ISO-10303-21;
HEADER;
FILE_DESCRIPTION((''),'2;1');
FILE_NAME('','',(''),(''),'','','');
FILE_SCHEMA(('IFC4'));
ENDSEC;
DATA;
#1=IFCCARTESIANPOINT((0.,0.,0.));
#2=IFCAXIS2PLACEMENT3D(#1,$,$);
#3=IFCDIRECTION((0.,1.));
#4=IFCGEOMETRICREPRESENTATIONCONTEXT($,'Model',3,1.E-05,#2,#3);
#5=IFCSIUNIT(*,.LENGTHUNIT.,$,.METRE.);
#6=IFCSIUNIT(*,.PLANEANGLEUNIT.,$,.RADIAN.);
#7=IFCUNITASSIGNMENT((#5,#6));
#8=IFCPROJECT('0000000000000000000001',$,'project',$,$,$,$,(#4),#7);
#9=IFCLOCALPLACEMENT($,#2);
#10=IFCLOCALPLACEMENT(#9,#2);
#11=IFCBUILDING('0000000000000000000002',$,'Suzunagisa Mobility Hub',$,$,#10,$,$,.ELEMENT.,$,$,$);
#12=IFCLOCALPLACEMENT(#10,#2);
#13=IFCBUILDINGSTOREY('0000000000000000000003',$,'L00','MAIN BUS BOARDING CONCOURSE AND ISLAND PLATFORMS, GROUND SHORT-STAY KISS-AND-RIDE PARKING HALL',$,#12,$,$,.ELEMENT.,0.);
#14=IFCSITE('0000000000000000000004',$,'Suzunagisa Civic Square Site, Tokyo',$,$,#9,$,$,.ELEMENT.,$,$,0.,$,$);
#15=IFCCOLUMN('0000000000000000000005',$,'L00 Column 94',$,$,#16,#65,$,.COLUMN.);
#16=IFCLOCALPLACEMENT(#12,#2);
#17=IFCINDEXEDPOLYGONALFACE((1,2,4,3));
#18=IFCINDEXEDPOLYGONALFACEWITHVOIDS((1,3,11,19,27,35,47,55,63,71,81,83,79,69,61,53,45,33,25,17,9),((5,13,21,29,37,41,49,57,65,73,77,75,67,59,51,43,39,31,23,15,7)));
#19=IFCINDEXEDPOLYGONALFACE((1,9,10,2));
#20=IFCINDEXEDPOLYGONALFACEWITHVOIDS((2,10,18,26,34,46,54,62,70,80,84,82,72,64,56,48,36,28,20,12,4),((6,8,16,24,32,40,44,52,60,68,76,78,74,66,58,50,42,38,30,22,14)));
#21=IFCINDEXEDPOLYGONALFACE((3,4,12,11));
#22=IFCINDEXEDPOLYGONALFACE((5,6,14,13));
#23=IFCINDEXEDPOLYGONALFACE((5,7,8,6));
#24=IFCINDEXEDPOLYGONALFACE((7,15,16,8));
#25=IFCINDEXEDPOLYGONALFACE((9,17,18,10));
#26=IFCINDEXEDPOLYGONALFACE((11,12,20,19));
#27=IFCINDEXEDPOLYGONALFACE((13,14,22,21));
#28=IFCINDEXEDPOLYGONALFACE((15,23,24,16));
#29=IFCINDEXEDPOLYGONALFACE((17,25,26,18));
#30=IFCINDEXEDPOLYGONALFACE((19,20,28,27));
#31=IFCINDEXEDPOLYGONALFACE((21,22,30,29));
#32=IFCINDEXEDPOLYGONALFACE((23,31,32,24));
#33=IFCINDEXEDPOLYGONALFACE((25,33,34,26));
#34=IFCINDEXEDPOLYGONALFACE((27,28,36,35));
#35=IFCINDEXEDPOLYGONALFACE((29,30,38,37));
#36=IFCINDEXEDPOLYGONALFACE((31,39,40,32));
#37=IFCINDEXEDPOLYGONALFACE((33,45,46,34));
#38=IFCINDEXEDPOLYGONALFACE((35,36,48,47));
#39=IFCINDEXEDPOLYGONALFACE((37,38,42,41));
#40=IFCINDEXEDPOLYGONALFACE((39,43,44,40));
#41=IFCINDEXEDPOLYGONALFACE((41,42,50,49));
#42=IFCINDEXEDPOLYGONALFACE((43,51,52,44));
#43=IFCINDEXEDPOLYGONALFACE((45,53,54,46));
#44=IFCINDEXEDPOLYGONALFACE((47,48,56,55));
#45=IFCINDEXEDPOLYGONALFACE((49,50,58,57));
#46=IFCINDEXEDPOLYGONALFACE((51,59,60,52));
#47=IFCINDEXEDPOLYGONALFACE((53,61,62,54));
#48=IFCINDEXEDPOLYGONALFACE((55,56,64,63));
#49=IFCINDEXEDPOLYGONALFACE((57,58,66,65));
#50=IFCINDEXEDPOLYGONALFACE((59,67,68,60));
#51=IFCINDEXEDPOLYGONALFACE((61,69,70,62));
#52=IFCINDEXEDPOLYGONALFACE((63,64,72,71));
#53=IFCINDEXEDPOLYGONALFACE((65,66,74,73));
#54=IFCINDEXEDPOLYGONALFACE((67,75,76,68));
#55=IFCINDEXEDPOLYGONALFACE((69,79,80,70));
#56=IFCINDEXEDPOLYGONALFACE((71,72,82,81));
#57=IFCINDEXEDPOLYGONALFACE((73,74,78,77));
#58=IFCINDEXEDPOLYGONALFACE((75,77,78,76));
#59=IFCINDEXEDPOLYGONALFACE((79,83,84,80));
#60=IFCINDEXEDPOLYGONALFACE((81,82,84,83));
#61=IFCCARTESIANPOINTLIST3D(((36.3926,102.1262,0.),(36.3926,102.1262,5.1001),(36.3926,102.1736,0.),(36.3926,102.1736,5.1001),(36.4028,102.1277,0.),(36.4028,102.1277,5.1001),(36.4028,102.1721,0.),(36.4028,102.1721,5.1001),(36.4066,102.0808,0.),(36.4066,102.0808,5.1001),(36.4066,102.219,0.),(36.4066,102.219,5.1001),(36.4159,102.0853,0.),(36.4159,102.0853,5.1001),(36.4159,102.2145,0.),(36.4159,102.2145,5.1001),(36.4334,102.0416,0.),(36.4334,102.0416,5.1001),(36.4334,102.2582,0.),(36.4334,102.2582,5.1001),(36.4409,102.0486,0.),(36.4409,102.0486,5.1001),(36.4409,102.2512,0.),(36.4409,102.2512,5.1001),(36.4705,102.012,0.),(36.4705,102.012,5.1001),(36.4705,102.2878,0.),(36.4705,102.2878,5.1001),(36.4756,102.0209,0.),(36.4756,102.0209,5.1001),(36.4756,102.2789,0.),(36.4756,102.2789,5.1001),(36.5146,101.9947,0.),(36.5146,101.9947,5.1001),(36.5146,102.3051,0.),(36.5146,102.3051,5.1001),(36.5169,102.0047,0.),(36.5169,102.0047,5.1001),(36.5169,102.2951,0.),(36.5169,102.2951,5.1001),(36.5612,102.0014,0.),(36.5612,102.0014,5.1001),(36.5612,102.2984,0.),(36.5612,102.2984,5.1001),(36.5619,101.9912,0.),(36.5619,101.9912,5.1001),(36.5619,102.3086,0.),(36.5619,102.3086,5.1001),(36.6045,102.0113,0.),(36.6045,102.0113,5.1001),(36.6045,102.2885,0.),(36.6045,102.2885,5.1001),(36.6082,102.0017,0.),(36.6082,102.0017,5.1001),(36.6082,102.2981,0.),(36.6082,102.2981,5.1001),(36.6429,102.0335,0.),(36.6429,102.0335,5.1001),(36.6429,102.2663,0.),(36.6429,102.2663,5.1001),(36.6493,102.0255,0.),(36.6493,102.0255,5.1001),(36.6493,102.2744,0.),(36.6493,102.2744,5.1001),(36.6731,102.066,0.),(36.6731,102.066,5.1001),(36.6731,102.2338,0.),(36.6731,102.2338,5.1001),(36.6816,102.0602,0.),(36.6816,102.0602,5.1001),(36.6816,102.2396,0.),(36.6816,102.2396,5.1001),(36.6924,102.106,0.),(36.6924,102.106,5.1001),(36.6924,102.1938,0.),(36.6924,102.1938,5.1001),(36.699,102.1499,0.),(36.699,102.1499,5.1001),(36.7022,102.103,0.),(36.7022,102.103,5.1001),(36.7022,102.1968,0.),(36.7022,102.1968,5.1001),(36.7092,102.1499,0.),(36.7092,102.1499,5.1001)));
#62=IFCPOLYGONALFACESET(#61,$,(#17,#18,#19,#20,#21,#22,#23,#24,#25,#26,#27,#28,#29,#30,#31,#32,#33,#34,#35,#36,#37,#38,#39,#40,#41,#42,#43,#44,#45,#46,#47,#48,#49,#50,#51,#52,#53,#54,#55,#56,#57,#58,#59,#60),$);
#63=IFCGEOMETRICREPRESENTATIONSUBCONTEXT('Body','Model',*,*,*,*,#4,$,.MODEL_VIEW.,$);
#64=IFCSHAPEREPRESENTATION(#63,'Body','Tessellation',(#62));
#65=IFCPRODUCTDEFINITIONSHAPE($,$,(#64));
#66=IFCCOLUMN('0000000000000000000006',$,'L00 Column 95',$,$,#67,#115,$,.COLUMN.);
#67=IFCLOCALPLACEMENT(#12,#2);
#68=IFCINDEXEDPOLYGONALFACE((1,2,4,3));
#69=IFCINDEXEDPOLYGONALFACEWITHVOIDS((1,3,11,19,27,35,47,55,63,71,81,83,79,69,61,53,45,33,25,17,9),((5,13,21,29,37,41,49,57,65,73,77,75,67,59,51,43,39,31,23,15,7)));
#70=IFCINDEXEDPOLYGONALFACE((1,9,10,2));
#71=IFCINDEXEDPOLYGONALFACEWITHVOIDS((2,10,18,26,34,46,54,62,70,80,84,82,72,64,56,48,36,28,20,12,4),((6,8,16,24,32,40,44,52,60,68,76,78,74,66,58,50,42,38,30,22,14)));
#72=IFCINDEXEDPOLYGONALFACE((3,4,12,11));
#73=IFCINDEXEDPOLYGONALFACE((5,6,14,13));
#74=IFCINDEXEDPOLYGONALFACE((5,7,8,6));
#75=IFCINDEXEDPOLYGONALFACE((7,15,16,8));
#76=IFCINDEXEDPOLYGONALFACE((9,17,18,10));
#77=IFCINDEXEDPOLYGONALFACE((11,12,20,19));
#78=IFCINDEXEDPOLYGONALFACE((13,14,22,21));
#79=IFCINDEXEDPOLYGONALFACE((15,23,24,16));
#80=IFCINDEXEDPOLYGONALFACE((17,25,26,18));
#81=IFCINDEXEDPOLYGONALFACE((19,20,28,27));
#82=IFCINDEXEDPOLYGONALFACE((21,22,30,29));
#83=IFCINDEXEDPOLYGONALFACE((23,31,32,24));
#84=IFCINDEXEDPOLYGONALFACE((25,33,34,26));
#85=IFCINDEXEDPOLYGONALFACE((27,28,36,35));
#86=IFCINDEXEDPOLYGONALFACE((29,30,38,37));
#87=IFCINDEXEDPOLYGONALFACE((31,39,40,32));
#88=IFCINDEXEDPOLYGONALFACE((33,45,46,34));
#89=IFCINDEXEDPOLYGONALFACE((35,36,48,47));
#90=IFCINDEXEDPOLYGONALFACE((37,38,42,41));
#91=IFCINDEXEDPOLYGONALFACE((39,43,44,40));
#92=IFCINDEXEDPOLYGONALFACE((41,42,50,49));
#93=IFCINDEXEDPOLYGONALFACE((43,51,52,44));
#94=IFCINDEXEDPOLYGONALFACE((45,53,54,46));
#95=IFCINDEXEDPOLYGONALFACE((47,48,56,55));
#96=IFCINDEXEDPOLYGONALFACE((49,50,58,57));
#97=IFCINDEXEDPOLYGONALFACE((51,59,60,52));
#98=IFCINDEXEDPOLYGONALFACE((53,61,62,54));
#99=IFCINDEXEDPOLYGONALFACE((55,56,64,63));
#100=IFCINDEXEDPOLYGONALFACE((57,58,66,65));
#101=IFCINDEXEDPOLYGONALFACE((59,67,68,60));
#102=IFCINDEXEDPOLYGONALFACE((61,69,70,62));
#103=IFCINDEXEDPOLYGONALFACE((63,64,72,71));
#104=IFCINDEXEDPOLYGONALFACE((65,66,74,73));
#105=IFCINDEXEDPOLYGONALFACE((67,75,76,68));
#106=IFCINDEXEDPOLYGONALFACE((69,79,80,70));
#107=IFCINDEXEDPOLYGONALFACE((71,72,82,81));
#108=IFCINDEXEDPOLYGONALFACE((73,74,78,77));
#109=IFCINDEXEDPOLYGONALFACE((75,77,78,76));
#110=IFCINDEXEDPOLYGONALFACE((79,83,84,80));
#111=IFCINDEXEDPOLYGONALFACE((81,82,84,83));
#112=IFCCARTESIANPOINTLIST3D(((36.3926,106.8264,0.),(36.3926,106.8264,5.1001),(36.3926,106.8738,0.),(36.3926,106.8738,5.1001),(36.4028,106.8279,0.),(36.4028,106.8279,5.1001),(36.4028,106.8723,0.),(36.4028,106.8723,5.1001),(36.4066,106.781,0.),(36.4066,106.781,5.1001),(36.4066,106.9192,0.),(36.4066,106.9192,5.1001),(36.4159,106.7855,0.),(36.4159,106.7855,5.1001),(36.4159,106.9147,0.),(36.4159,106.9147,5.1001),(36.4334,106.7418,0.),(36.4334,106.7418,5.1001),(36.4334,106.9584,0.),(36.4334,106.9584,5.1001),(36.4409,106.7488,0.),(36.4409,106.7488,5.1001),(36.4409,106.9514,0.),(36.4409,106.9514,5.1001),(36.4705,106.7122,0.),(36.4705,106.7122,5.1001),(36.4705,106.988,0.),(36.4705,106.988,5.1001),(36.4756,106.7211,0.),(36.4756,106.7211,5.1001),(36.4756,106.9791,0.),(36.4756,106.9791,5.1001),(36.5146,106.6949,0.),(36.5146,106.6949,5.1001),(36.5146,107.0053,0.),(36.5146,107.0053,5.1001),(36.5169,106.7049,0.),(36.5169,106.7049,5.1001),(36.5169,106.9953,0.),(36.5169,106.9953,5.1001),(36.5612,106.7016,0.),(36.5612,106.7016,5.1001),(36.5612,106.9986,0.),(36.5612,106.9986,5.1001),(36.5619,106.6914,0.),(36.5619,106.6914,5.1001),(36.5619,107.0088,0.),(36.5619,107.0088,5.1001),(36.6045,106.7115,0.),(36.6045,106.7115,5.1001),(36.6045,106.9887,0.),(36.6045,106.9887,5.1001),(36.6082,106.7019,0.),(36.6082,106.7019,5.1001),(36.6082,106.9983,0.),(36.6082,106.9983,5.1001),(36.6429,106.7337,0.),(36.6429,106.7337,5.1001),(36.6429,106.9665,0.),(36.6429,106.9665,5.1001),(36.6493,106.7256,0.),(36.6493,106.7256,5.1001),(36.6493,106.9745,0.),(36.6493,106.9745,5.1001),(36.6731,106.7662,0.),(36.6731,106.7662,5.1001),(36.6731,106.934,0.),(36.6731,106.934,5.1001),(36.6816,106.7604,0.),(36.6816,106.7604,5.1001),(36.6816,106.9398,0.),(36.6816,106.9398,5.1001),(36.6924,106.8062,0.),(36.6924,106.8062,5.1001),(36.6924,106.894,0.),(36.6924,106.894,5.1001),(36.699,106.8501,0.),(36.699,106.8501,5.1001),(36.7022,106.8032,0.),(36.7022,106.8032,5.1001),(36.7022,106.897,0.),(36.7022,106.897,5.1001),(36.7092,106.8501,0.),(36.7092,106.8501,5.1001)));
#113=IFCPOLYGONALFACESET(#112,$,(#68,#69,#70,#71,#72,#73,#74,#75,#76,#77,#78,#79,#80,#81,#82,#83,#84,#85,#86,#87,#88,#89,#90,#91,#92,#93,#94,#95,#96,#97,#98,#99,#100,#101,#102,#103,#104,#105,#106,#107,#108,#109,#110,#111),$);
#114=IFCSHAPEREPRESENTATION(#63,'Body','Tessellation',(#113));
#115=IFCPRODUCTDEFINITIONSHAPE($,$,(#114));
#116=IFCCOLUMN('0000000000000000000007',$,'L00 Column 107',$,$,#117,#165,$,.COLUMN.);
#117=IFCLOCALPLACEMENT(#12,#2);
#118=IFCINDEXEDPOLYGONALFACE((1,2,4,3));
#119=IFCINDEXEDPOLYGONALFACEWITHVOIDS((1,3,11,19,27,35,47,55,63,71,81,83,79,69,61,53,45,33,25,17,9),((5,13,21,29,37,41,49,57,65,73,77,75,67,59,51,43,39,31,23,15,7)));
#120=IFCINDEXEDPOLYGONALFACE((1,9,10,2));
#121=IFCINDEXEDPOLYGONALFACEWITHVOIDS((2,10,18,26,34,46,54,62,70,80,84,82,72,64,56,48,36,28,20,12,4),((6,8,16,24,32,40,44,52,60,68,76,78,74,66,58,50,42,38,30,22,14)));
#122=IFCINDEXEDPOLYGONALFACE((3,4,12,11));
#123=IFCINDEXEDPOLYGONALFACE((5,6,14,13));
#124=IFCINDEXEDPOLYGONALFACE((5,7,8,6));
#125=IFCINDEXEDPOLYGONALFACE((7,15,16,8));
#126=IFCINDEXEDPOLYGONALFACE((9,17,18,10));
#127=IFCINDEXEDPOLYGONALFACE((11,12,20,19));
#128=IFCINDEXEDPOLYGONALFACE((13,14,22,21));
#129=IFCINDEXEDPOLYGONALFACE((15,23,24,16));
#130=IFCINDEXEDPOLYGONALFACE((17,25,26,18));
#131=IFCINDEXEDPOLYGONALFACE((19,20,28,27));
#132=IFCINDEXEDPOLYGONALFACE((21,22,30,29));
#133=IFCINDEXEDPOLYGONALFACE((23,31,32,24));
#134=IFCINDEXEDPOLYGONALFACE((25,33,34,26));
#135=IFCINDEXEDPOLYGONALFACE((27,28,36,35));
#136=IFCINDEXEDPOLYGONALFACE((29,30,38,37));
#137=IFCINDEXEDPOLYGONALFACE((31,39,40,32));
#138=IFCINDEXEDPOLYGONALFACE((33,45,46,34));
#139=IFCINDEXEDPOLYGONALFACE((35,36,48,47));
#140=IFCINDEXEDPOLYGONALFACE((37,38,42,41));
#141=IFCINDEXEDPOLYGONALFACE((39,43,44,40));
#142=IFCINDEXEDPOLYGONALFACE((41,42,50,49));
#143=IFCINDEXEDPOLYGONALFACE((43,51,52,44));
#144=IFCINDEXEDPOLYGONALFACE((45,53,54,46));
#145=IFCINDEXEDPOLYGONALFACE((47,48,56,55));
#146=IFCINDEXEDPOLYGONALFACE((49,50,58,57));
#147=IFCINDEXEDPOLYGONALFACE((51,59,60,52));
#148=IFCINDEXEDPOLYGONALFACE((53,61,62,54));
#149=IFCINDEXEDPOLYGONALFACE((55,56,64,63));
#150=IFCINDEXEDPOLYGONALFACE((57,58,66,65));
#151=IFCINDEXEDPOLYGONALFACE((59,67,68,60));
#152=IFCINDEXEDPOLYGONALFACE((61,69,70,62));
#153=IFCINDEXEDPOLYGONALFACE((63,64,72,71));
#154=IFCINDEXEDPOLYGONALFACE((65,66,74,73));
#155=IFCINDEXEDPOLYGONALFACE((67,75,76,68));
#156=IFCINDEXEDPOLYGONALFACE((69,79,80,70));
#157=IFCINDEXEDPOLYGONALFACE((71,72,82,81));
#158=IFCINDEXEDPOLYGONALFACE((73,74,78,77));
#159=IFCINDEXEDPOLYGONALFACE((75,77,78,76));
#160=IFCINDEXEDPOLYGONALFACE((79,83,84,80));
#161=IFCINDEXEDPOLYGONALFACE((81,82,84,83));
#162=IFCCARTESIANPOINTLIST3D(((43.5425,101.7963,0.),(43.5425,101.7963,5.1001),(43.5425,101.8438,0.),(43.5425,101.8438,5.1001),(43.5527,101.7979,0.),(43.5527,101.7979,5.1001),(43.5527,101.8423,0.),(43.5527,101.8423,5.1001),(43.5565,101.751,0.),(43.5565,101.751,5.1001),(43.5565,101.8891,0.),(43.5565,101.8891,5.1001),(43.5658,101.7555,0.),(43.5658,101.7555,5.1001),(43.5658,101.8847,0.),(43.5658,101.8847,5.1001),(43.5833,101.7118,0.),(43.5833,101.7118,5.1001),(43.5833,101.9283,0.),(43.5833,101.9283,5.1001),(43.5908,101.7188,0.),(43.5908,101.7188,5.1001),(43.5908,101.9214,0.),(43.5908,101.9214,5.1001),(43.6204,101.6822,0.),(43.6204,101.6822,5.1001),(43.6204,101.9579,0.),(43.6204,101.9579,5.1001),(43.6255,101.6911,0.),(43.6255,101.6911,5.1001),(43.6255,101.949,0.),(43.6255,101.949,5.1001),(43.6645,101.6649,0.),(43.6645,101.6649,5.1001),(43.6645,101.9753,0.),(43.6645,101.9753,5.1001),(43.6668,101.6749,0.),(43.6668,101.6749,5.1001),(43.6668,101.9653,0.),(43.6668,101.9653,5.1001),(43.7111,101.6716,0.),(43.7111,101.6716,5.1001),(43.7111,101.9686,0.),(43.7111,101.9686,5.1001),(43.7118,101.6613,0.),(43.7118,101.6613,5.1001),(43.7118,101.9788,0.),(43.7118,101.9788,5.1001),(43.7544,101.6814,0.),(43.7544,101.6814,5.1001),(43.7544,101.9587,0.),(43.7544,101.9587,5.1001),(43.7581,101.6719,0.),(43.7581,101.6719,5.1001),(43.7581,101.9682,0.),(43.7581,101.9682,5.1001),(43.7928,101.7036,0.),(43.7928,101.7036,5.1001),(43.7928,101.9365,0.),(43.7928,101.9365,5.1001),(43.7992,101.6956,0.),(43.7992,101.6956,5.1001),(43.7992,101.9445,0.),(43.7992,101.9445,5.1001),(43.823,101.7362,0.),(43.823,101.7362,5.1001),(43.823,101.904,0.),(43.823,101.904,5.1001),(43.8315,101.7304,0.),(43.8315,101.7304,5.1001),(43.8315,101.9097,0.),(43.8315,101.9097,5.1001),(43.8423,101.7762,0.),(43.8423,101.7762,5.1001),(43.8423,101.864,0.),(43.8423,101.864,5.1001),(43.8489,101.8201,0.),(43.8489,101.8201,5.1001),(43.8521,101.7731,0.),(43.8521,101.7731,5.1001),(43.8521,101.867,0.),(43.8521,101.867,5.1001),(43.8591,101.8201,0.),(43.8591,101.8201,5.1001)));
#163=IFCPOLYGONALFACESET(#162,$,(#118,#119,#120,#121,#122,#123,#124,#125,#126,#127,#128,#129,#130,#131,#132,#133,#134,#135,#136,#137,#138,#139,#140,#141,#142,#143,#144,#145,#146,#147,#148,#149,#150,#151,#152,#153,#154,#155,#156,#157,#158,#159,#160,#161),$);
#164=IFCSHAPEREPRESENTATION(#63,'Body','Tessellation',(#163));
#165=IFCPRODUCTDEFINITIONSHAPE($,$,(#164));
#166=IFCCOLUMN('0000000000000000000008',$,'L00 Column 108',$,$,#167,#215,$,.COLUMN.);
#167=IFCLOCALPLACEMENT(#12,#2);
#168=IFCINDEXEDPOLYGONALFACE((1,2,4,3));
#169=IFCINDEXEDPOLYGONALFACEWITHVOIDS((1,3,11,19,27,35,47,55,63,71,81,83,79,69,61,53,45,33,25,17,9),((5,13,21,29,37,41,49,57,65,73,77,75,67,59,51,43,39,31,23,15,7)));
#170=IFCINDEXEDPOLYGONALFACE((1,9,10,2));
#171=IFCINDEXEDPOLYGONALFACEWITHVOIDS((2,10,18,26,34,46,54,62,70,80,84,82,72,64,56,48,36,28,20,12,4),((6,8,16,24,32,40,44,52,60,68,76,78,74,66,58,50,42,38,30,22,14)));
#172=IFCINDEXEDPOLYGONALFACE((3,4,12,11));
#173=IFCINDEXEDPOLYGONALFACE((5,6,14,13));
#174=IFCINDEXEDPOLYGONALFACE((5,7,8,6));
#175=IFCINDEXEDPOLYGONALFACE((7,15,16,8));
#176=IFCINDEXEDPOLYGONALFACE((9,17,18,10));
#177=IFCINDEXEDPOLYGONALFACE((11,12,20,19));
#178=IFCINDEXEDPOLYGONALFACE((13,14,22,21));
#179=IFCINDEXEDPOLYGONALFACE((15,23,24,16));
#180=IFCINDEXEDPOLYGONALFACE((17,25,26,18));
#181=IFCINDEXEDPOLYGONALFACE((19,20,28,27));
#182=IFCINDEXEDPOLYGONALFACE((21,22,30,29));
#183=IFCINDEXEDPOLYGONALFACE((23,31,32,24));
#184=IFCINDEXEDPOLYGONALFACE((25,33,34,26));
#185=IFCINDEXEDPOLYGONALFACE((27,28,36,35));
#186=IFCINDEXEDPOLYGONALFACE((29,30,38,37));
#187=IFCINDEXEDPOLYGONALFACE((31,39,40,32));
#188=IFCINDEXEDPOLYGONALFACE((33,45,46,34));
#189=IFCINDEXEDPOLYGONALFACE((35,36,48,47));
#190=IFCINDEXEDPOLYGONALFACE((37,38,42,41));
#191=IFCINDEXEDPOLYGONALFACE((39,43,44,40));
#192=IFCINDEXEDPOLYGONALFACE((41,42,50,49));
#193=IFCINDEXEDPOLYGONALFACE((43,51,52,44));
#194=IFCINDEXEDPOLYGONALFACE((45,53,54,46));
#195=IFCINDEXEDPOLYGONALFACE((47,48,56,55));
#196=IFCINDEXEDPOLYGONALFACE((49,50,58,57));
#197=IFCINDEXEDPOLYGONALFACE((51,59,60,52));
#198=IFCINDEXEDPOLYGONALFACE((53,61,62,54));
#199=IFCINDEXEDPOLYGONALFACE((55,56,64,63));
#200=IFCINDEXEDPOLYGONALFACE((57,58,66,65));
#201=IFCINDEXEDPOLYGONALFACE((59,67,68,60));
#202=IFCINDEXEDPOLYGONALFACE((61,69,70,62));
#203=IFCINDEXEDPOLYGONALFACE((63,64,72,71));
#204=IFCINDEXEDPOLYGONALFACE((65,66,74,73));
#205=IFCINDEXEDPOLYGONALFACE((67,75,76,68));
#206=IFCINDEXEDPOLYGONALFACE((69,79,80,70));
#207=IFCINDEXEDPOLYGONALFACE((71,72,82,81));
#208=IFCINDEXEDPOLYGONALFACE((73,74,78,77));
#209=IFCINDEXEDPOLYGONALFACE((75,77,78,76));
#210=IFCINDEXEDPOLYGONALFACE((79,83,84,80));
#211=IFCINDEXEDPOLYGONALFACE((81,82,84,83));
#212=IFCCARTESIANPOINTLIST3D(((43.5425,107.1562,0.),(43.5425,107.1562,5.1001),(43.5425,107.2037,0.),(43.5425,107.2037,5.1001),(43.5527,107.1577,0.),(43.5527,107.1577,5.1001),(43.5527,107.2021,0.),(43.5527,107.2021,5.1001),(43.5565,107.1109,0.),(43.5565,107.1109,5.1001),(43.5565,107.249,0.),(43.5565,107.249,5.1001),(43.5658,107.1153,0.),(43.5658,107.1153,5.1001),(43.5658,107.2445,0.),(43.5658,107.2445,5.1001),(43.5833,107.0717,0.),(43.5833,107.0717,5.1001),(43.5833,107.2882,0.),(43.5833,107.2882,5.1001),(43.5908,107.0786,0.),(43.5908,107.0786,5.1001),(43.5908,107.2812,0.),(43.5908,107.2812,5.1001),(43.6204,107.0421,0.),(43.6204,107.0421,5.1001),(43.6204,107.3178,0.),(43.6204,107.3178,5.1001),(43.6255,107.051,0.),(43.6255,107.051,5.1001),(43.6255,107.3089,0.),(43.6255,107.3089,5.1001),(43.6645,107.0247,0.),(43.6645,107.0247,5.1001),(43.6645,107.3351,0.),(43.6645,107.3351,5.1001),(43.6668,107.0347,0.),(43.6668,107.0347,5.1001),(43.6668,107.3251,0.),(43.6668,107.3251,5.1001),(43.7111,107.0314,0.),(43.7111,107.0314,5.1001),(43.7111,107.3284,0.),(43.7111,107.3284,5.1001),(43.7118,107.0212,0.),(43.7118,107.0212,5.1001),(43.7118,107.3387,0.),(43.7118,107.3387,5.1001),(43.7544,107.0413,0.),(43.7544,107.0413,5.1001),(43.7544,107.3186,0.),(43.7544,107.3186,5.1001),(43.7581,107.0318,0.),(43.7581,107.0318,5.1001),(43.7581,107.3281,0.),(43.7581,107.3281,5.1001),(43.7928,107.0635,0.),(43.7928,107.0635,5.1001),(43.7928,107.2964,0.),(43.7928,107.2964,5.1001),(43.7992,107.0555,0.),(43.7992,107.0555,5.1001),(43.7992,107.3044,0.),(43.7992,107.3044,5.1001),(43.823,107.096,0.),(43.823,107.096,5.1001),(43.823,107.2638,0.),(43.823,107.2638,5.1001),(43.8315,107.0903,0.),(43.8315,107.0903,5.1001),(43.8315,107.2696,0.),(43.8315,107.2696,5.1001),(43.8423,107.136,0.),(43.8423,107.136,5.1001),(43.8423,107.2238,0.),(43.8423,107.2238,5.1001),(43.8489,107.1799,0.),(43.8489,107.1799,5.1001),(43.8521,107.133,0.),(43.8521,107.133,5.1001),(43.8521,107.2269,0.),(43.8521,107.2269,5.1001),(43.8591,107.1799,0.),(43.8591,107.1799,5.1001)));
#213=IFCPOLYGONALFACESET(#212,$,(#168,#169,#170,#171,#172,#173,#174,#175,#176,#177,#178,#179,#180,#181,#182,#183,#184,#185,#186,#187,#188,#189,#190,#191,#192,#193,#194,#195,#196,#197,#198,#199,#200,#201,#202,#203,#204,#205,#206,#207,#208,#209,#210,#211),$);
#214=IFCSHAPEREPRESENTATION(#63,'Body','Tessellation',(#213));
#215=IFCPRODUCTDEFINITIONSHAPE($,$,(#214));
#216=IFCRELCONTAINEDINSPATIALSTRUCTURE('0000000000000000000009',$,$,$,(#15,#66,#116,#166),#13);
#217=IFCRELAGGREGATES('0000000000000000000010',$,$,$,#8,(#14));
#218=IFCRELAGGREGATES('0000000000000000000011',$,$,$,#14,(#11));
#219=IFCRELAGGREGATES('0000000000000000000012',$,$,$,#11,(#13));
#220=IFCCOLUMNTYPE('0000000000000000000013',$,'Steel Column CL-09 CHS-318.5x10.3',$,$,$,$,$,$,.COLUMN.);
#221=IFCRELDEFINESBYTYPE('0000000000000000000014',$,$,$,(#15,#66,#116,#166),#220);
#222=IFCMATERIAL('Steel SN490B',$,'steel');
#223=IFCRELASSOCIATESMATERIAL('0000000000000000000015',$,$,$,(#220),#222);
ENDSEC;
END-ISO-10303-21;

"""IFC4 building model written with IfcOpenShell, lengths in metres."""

from ifc_helpers import new_model, si_unit, direction, frame, origin, origin_2d, place, context, subcontext, project, spatial, hollow_circle, extrude, material, material_profile, profile_set, type_object, element, save


model = new_model("IFC4")

# Units and contexts
model_context = context("Model", 3, precision=1e-05, world=origin(), true_north=direction((0.0, 1.0)))
body_context = subcontext(model_context, "Body", "Model", "MODEL_VIEW")
ifc_project = project(units=[si_unit("LENGTHUNIT", "METRE"), si_unit("PLANEANGLEUNIT", "RADIAN")], contexts=[model_context])

# Site, building, storey
site_placement = place(None, origin())
site = spatial("IfcSite", under=ifc_project, at=site_placement, Name="Suzunagisa Civic Square Site, Tokyo", CompositionType="ELEMENT", RefElevation=0.0)
building_placement = place(site_placement, origin())
building = spatial("IfcBuilding", under=site, at=building_placement, Name="Suzunagisa Mobility Hub", CompositionType="ELEMENT")
storey_placement = place(building_placement, origin())
storey = spatial("IfcBuildingStorey", under=building, at=storey_placement, Name="L00", Description="MAIN BUS BOARDING CONCOURSE AND ISLAND PLATFORMS, GROUND SHORT-STAY KISS-AND-RIDE PARKING HALL", CompositionType="ELEMENT", Elevation=0.0)

# Columns
ifc_material_1 = material(Name="Steel SN490B", Category="steel")
ifc_material_profile_1 = material_profile(ifc_material_1, hollow_circle(Radius=0.1592, WallThickness=0.0103, at=origin_2d()), Name="CHS-318.5x10.3")
ifc_profile_set_1 = profile_set([ifc_material_profile_1], Name="Steel SN490B")
column_type_1 = type_object("IfcColumnType", Name="Steel Column CL-09 CHS-318.5x10.3", PredefinedType="COLUMN", material=ifc_profile_set_1)
for number, where, z_axis, x_axis, name in (
    (1, (36.55, 102.1499, 0.0), (0.0, 0.0, 1.0), (1.0, 0.0, 0.0), "L00 Column 94"),
    (2, (36.55, 106.8501, 0.0), (0.0, 0.0, 1.0), (1.0, 0.0, 0.0), "L00 Column 95"),
    (3, (43.7, 101.8201, 0.0), (0.0, 0.0, 1.0), (1.0, 0.0, 0.0), "L00 Column 107"),
    (4, (43.7, 107.1799, 0.0), (0.0, 0.0, 1.0), (1.0, 0.0, 0.0), "L00 Column 108"),
):
    element("IfcColumn", number, at=place(storey_placement, frame(where, z_axis=z_axis, x_axis=x_axis)), inside=storey, type_object=column_type_1, Name=name, PredefinedType="COLUMN", context=body_context, shape_type="SweptSolid", body=[
        extrude(hollow_circle(Radius=0.1592, WallThickness=0.0103, at=origin_2d()), origin(), (0.0, 0.0, 1.0), 5.1001),
    ])

save(model, "model.ifc")
